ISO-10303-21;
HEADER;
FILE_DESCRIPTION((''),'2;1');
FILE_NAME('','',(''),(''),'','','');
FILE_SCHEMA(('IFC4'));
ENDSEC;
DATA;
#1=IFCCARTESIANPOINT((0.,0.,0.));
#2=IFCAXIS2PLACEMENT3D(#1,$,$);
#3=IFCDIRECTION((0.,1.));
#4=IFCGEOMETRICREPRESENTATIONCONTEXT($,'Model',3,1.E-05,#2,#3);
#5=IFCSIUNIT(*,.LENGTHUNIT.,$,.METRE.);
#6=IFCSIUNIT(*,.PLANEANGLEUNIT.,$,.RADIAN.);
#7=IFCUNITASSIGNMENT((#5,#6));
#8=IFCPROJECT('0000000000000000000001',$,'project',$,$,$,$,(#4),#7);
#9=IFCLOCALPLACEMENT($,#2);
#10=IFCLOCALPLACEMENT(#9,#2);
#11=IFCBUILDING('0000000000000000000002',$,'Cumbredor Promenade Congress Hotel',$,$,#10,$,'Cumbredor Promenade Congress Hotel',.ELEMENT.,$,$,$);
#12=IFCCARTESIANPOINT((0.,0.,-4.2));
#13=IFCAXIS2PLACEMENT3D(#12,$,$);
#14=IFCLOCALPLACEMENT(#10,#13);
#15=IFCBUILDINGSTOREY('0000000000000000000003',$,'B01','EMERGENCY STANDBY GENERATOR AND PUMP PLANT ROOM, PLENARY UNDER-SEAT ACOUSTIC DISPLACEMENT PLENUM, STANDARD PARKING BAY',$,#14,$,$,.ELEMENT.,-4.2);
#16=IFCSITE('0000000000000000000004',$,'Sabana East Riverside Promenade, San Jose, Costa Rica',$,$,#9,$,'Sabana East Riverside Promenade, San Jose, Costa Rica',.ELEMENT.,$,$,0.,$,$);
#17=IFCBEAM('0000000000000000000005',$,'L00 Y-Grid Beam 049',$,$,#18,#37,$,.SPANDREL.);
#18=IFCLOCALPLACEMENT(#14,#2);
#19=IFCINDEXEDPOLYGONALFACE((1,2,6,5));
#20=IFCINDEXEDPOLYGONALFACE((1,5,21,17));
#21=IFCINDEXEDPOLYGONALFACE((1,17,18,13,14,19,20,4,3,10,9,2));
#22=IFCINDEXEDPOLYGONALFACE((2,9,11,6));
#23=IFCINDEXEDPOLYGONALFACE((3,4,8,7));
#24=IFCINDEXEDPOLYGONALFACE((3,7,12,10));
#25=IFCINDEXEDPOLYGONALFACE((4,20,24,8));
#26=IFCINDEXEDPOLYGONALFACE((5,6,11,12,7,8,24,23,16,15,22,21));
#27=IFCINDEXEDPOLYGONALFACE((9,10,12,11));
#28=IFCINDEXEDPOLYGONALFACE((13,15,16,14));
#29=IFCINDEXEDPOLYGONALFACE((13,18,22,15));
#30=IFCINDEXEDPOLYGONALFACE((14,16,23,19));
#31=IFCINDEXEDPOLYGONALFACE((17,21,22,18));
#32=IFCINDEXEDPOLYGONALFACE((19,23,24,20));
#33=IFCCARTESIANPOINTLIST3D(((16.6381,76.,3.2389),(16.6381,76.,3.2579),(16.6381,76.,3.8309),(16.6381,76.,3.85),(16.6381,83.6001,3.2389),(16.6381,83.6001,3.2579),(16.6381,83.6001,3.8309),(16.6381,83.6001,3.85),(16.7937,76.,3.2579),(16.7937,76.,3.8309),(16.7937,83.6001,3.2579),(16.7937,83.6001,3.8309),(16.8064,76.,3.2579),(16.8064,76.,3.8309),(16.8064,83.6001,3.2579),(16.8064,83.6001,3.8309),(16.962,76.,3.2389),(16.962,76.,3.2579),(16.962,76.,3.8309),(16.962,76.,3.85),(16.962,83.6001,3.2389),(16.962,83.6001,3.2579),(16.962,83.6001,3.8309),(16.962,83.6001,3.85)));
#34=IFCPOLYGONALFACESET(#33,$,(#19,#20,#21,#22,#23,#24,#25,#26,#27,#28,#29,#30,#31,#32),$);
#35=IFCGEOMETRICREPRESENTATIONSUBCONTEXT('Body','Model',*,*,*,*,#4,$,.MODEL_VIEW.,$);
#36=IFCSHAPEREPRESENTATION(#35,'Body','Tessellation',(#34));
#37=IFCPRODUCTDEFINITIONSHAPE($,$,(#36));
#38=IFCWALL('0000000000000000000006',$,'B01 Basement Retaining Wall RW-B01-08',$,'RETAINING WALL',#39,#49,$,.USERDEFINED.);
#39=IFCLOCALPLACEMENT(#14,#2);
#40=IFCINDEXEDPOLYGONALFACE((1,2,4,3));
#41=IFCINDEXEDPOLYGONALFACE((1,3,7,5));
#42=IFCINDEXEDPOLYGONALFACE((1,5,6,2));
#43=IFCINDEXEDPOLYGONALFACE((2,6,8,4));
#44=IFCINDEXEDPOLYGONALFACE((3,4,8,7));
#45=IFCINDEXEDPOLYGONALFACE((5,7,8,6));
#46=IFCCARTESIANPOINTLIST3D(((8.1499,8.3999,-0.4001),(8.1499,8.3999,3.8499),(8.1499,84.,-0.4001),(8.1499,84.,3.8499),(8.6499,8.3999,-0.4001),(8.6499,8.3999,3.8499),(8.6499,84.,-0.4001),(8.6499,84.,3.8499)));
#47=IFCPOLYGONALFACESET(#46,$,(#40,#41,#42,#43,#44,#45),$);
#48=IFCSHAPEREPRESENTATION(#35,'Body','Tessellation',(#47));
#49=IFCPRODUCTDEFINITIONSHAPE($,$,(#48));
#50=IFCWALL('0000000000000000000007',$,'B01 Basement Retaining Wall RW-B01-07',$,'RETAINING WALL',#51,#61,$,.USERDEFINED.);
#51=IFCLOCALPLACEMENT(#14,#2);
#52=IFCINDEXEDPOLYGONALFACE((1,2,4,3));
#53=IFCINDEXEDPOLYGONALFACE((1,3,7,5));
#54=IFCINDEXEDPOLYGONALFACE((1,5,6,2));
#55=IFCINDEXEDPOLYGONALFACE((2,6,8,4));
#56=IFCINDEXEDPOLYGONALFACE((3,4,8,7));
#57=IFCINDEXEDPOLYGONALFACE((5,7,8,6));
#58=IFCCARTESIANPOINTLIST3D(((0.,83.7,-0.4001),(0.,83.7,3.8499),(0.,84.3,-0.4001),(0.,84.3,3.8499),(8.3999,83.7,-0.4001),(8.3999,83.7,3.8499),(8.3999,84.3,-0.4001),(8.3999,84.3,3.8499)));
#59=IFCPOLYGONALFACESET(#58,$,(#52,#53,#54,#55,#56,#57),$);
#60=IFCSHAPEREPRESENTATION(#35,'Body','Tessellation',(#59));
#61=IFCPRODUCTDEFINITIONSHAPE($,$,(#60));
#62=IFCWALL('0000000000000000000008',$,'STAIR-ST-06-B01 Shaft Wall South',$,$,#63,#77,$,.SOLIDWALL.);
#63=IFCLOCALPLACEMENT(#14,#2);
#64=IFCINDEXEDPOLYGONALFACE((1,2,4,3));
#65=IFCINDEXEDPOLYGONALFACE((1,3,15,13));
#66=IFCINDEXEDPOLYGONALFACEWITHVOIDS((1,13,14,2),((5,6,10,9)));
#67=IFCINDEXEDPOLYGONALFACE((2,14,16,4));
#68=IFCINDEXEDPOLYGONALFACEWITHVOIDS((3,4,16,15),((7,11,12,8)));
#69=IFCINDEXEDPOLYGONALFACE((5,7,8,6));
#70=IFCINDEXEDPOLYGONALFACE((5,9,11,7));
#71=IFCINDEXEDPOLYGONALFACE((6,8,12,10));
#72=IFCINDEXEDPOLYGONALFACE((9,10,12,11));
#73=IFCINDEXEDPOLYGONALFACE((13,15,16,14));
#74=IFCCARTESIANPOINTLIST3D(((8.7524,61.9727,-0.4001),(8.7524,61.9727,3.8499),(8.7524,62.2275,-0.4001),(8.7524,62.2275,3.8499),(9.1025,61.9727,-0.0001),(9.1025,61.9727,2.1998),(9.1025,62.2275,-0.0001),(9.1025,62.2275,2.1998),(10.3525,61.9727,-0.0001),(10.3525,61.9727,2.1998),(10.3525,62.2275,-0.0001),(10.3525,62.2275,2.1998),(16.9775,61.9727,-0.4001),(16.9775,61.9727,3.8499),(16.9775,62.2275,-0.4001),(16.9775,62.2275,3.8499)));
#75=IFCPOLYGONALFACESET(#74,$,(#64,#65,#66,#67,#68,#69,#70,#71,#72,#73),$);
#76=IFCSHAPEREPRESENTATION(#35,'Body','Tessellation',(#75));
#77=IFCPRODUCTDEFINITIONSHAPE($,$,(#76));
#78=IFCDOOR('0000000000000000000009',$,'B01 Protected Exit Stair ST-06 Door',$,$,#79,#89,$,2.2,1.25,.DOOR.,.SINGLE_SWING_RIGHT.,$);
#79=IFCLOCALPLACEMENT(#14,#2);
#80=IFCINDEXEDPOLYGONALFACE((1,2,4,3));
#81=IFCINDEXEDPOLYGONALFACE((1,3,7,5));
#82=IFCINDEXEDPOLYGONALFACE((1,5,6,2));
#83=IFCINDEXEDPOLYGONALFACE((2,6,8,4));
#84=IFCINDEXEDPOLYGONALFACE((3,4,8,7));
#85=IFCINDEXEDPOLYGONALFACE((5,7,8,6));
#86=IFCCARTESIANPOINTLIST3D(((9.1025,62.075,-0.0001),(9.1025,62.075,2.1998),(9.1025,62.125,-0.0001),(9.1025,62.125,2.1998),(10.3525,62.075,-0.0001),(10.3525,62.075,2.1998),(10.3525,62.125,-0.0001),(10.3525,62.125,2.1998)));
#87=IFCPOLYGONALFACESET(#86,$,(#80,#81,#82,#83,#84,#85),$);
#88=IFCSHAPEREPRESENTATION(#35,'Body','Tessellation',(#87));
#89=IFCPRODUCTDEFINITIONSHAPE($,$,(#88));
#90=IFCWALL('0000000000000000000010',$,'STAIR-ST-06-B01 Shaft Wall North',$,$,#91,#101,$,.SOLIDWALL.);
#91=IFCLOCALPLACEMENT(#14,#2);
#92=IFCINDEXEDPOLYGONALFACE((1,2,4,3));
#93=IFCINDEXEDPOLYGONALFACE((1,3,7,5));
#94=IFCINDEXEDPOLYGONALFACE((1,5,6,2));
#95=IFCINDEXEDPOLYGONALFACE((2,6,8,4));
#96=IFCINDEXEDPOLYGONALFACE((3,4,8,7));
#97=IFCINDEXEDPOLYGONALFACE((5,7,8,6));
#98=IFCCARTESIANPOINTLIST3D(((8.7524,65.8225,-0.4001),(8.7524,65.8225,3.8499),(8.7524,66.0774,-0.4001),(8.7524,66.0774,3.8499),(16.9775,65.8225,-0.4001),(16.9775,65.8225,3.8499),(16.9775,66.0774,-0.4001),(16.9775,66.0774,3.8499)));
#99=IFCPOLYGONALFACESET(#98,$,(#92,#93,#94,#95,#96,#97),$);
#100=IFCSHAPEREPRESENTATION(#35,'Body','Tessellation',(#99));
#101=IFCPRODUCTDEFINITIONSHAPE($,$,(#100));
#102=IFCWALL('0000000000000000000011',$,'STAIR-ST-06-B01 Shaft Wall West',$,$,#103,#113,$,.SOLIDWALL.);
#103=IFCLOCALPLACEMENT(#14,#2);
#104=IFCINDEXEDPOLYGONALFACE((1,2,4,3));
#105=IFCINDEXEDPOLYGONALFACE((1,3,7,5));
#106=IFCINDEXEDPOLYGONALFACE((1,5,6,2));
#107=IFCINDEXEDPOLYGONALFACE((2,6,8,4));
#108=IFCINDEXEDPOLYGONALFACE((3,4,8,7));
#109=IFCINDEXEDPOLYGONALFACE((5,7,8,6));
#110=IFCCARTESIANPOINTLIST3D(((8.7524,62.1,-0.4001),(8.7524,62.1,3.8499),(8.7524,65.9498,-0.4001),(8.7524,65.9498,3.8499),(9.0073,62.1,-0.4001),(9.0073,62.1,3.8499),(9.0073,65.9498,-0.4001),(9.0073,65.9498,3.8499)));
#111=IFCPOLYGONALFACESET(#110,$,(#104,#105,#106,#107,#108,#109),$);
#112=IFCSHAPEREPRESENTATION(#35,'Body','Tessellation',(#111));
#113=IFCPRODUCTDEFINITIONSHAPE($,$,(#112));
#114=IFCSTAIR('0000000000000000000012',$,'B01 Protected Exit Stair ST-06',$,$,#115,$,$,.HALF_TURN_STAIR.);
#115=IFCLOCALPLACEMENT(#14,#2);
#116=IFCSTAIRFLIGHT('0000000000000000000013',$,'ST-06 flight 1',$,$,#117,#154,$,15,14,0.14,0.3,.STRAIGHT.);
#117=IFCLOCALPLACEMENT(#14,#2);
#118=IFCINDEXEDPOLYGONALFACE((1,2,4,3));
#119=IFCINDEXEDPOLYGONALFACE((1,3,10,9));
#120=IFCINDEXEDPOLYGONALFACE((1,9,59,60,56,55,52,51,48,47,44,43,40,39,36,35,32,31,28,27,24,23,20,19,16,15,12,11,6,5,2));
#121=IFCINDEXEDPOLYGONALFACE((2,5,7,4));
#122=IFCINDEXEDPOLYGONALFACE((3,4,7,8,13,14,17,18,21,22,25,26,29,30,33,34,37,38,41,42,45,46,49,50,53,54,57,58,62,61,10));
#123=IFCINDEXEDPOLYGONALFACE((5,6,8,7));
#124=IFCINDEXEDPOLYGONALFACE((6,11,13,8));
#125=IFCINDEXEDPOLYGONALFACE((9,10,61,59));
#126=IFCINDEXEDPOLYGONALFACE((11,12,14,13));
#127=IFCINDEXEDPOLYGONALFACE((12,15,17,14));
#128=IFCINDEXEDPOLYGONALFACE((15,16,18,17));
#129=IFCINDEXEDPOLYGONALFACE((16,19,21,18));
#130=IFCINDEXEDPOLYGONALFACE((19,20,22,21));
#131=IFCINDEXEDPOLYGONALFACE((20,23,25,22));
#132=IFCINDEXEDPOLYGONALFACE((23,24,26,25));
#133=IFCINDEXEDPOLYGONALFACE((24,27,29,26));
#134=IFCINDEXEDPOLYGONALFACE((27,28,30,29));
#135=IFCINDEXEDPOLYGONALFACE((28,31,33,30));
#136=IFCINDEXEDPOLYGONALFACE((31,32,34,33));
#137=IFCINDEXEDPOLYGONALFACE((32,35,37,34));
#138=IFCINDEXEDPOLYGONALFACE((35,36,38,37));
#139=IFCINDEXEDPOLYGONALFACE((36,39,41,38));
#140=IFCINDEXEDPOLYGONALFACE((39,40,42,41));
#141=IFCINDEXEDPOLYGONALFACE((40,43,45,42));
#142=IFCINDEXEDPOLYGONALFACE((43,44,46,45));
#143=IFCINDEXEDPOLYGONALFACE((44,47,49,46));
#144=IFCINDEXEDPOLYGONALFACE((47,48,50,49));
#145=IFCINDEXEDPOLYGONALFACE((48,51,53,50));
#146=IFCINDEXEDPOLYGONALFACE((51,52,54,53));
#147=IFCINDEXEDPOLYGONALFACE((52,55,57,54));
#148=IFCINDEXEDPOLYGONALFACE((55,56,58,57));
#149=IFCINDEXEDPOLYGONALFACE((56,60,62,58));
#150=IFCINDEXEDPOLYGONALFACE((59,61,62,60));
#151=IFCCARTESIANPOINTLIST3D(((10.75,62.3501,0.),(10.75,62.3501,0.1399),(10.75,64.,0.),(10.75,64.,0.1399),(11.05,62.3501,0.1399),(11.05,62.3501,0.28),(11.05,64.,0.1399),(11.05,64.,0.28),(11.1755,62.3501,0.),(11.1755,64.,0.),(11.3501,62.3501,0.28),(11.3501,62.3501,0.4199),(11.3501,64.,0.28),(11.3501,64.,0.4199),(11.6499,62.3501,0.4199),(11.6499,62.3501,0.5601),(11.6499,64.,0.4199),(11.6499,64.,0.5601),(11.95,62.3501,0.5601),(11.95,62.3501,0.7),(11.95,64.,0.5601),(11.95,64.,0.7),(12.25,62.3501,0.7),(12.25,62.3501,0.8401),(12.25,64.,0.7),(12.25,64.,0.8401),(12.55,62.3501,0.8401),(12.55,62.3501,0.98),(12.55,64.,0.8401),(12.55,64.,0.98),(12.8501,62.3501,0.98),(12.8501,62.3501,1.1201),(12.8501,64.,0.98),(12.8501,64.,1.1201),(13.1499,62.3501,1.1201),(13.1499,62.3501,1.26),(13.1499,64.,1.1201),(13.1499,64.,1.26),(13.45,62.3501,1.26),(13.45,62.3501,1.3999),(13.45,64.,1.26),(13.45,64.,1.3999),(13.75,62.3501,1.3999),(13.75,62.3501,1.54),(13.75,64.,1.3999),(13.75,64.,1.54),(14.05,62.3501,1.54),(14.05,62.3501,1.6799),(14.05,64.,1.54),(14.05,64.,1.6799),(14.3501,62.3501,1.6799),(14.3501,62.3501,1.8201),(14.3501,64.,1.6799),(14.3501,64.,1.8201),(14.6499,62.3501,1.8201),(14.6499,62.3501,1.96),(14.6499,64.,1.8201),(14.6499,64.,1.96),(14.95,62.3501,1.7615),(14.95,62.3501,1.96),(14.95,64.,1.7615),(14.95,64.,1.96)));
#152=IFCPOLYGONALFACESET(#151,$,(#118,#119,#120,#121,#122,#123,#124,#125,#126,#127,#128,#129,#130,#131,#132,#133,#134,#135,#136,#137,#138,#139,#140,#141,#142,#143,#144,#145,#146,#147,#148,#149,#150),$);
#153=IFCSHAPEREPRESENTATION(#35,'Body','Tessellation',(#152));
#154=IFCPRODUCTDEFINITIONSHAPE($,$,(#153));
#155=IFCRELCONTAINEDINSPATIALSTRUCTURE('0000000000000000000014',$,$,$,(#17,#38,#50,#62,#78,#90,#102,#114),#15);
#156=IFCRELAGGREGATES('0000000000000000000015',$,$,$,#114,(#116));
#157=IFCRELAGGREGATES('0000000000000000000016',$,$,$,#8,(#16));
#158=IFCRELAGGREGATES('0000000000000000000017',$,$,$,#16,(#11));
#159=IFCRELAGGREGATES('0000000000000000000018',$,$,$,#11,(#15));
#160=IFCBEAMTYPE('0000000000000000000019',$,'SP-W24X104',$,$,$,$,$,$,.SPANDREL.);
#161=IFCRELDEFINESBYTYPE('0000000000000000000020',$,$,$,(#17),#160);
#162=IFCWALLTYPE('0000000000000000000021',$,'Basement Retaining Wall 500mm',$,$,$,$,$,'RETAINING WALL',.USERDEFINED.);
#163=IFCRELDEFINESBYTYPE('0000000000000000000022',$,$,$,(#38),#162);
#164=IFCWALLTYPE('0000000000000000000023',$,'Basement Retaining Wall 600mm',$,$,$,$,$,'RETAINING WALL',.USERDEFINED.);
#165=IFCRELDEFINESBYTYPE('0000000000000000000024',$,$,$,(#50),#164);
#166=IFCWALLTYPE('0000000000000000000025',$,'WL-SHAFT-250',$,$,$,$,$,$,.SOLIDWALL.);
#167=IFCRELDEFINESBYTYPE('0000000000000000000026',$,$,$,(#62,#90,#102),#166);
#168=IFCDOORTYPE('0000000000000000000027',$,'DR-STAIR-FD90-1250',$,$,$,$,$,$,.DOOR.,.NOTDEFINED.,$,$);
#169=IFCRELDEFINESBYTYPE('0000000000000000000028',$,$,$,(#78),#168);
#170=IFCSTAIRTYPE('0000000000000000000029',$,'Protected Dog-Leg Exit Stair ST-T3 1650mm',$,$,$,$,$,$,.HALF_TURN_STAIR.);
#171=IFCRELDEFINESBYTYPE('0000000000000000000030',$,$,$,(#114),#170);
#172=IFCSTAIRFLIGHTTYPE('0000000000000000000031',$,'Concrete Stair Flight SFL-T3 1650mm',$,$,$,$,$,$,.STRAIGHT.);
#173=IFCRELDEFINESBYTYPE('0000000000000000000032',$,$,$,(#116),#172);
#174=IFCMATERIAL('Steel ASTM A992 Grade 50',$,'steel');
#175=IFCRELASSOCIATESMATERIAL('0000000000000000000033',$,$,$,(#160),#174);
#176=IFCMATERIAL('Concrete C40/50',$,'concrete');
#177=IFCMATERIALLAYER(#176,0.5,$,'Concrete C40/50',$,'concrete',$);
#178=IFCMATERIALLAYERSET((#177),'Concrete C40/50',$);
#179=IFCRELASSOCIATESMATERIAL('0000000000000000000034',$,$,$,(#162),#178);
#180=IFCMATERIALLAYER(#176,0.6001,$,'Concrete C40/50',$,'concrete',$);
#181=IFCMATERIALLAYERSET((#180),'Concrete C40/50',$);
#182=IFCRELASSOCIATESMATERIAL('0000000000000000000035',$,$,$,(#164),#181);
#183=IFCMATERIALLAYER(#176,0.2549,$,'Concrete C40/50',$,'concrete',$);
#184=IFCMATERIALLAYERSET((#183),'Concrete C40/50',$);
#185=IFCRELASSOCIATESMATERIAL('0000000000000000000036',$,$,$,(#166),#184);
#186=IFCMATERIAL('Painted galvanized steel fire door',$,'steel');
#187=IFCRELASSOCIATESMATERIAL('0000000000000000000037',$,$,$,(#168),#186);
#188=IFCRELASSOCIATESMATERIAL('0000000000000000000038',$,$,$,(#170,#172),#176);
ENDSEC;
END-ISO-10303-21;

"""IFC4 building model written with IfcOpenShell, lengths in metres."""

from ifc_helpers import new_model, si_unit, direction, frame, frame_2d, origin, origin_2d, place, context, subcontext, project, spatial, polyline, rectangle, i_section, outline, extrude, material, layer, layer_set, material_profile, profile_set, type_object, element, fill, aggregate, save


model = new_model("IFC4")

# Units and contexts
model_context = context("Model", 3, precision=1e-05, world=origin(), true_north=direction((0.0, 1.0)))
body_context = subcontext(model_context, "Body", "Model", "MODEL_VIEW")
ifc_project = project(units=[si_unit("LENGTHUNIT", "METRE"), si_unit("PLANEANGLEUNIT", "RADIAN")], contexts=[model_context])

# Site, building, storey
site_placement = place(None, origin())
site = spatial("IfcSite", under=ifc_project, at=site_placement, Name="Sabana East Riverside Promenade, San Jose, Costa Rica", LongName="Sabana East Riverside Promenade, San Jose, Costa Rica", CompositionType="ELEMENT", RefElevation=0.0)
building_placement = place(site_placement, origin())
building = spatial("IfcBuilding", under=site, at=building_placement, Name="Cumbredor Promenade Congress Hotel", LongName="Cumbredor Promenade Congress Hotel", CompositionType="ELEMENT")
storey_placement = place(building_placement, frame((0.0, 0.0, -4.2)))
storey = spatial("IfcBuildingStorey", under=building, at=storey_placement, Name="B01", Description="EMERGENCY STANDBY GENERATOR AND PUMP PLANT ROOM, PLENARY UNDER-SEAT ACOUSTIC DISPLACEMENT PLENUM, STANDARD PARKING BAY", CompositionType="ELEMENT", Elevation=-4.2)

# Shared definitions
ifc_material_1 = material(Name="Concrete C40/50", Category="concrete")

# Beam
ifc_material_2 = material(Name="Steel ASTM A992 Grade 50", Category="steel")
ifc_material_profile_1 = material_profile(ifc_material_2, i_section(OverallWidth=0.324, OverallDepth=0.6111, WebThickness=0.0127, FlangeThickness=0.019, at=origin_2d()), Name="W24X104")
ifc_profile_set_1 = profile_set([ifc_material_profile_1], Name="Steel ASTM A992 Grade 50")
beam_type_1 = type_object("IfcBeamType", Name="SP-W24X104", PredefinedType="SPANDREL", material=ifc_profile_set_1)
beam_1_placement = place(storey_placement, frame((16.8, 76.0, 3.5444), z_axis=(0.0, 1.0, 0.0), x_axis=(-1.0, 0.0, 0.0)))
element("IfcBeam", 1, at=beam_1_placement, inside=storey, type_object=beam_type_1, Name="L00 Y-Grid Beam 049", PredefinedType="SPANDREL", context=body_context, shape_type="SweptSolid", body=[
    extrude(i_section(OverallWidth=0.324, OverallDepth=0.6111, WebThickness=0.0127, FlangeThickness=0.019, at=origin_2d()), origin(), (0.0, 0.0, 1.0), 7.6001),
])

# Walls
ifc_layer_1 = layer(ifc_material_1, 0.5, Name="Concrete C40/50", Category="concrete")
ifc_layer_set_1 = layer_set([ifc_layer_1], Name="Concrete C40/50")
wall_type_1 = type_object("IfcWallType", Name="Basement Retaining Wall 500mm", ElementType="RETAINING WALL", PredefinedType="USERDEFINED", material=ifc_layer_set_1)
wall_1_placement = place(storey_placement, frame((8.3999, 84.0, -0.4001), z_axis=(0.0, 0.0, 1.0), x_axis=(0.0, -1.0, 0.0)))
element("IfcWall", 2, at=wall_1_placement, inside=storey, type_object=wall_type_1, Name="B01 Basement Retaining Wall RW-B01-08", ObjectType="RETAINING WALL", PredefinedType="USERDEFINED", context=body_context, shape_type="SweptSolid", body=[
    extrude(rectangle(XDim=75.6001, YDim=0.5, at=frame_2d((37.8, 0.0))), origin(), (0.0, 0.0, 1.0), 4.25),
])
ifc_layer_2 = layer(ifc_material_1, 0.6001, Name="Concrete C40/50", Category="concrete")
ifc_layer_set_2 = layer_set([ifc_layer_2], Name="Concrete C40/50")
wall_type_2 = type_object("IfcWallType", Name="Basement Retaining Wall 600mm", ElementType="RETAINING WALL", PredefinedType="USERDEFINED", material=ifc_layer_set_2)
wall_2_placement = place(storey_placement, frame((0.0, 84.0, -0.4001), z_axis=(0.0, 0.0, 1.0), x_axis=(1.0, 0.0, 0.0)))
element("IfcWall", 3, at=wall_2_placement, inside=storey, type_object=wall_type_2, Name="B01 Basement Retaining Wall RW-B01-07", ObjectType="RETAINING WALL", PredefinedType="USERDEFINED", context=body_context, shape_type="SweptSolid", body=[
    extrude(rectangle(XDim=8.3999, YDim=0.6001, at=frame_2d((4.2, 0.0))), origin(), (0.0, 0.0, 1.0), 4.25),
])

# Wall, opening, door
ifc_layer_3 = layer(ifc_material_1, 0.2549, Name="Concrete C40/50", Category="concrete")
ifc_layer_set_3 = layer_set([ifc_layer_3], Name="Concrete C40/50")
wall_type_3 = type_object("IfcWallType", Name="WL-SHAFT-250", PredefinedType="SOLIDWALL", material=ifc_layer_set_3)
wall_3_placement = place(storey_placement, frame((8.7524, 62.1001, -0.4001), z_axis=(0.0, 0.0, 1.0), x_axis=(1.0, 0.0, 0.0)))
wall_3 = element("IfcWall", 4, at=wall_3_placement, inside=storey, type_object=wall_type_3, Name="STAIR-ST-06-B01 Shaft Wall South", PredefinedType="SOLIDWALL", context=body_context, shape_type="SweptSolid", body=[
    extrude(rectangle(XDim=8.2251, YDim=0.2549, at=frame_2d((4.1125, 0.0))), origin(), (0.0, 0.0, 1.0), 4.25),
])
opening_placement = place(wall_3_placement, frame((0.3501, 0.0, 0.3999)))
opening = element("IfcOpeningElement", 5, at=opening_placement, cuts=wall_3, PredefinedType="OPENING", context=body_context, shape_type="SweptSolid", body=[
    extrude(rectangle(XDim=1.25, YDim=2.2, at=frame_2d((0.625, 1.1001))), frame((0.0, 0.1375, 0.0), z_axis=(0.0, -1.0, 0.0), x_axis=(1.0, 0.0, 0.0)), (0.0, 0.0, 1.0), 0.2749),
])
ifc_material_3 = material(Name="Painted galvanized steel fire door", Category="steel")
door_type = type_object("IfcDoorType", Name="DR-STAIR-FD90-1250", OperationType="NOTDEFINED", PredefinedType="DOOR", material=ifc_material_3)
door_placement = place(opening_placement, origin())
door = element("IfcDoor", 6, at=door_placement, inside=storey, type_object=door_type, Name="B01 Protected Exit Stair ST-06 Door", OperationType="SINGLE_SWING_RIGHT", OverallHeight=2.2, OverallWidth=1.25, PredefinedType="DOOR", context=body_context, shape_type="SweptSolid", body=[
    extrude(rectangle(XDim=1.25, YDim=2.2, at=frame_2d((0.625, 1.1001))), frame((0.0, 0.0249, 0.0), z_axis=(0.0, -1.0, 0.0), x_axis=(1.0, 0.0, 0.0)), (0.0, 0.0, 1.0), 0.05),
])
fill(opening, door)

# Walls
wall_4_placement = place(storey_placement, frame((8.7524, 65.95, -0.4001), z_axis=(0.0, 0.0, 1.0), x_axis=(1.0, 0.0, 0.0)))
element("IfcWall", 7, at=wall_4_placement, inside=storey, type_object=wall_type_3, Name="STAIR-ST-06-B01 Shaft Wall North", PredefinedType="SOLIDWALL", context=body_context, shape_type="SweptSolid", body=[
    extrude(rectangle(XDim=8.2251, YDim=0.2549, at=frame_2d((4.1125, 0.0))), origin(), (0.0, 0.0, 1.0), 4.25),
])
wall_5_placement = place(storey_placement, frame((8.8799, 62.1001, -0.4001), z_axis=(0.0, 0.0, 1.0), x_axis=(0.0, 1.0, 0.0)))
element("IfcWall", 8, at=wall_5_placement, inside=storey, type_object=wall_type_3, Name="STAIR-ST-06-B01 Shaft Wall West", PredefinedType="SOLIDWALL", context=body_context, shape_type="SweptSolid", body=[
    extrude(rectangle(XDim=3.8499, YDim=0.2549, at=frame_2d((1.9248, 0.0))), origin(), (0.0, 0.0, 1.0), 4.25),
])

# Stair, stair flight
stair_type = type_object("IfcStairType", Name="Protected Dog-Leg Exit Stair ST-T3 1650mm", PredefinedType="HALF_TURN_STAIR", material=ifc_material_1)
stair_placement = place(storey_placement, origin())
stair = element("IfcStair", 9, at=stair_placement, inside=storey, type_object=stair_type, Name="B01 Protected Exit Stair ST-06", PredefinedType="HALF_TURN_STAIR")
stair_flight_type = type_object("IfcStairFlightType", Name="Concrete Stair Flight SFL-T3 1650mm", PredefinedType="STRAIGHT", material=ifc_material_1)
stair_flight_1_placement = place(storey_placement, frame((10.75, 63.175, 0.0), z_axis=(0.0, 0.0, 1.0), x_axis=(1.0, 0.0, 0.0)))
stair_flight_1 = element("IfcStairFlight", 10, at=stair_flight_1_placement, type_object=stair_flight_type, Name="ST-06 flight 1", NumberOfRisers=15, NumberOfTreads=14, PredefinedType="STRAIGHT", RiserHeight=0.14, TreadLength=0.3, context=body_context, shape_type="SweptSolid", body=[
    extrude(outline(polyline([(0.0, 0.0), (0.0, 0.1399), (0.3, 0.1399), (0.3, 0.28), (0.6001, 0.28), (0.6001, 0.4199), (0.8999, 0.4199), (0.8999, 0.5601), (1.2, 0.5601), (1.2, 0.7), (1.5, 0.7), (1.5, 0.8401), (1.8, 0.8401), (1.8, 0.98), (2.1001, 0.98), (2.1001, 1.1201), (2.3999, 1.1201), (2.3999, 1.26), (2.7, 1.26), (2.7, 1.3999), (3.0, 1.3999), (3.0, 1.54), (3.3, 1.54), (3.3, 1.6799), (3.6001, 1.6799), (3.6001, 1.8201), (3.8999, 1.8201), (3.8999, 1.96), (4.2, 1.96), (4.2, 2.1001), (4.2, 1.7615), (0.4255, 0.0), (0.0, 0.0)])), frame((0.0, 0.825, 0.0), z_axis=(0.0, -1.0, 0.0), x_axis=(1.0, 0.0, 0.0)), (0.0, 0.0, 1.0), 1.6499),
])
aggregate(stair, [stair_flight_1])

save(model, "model.ifc")
